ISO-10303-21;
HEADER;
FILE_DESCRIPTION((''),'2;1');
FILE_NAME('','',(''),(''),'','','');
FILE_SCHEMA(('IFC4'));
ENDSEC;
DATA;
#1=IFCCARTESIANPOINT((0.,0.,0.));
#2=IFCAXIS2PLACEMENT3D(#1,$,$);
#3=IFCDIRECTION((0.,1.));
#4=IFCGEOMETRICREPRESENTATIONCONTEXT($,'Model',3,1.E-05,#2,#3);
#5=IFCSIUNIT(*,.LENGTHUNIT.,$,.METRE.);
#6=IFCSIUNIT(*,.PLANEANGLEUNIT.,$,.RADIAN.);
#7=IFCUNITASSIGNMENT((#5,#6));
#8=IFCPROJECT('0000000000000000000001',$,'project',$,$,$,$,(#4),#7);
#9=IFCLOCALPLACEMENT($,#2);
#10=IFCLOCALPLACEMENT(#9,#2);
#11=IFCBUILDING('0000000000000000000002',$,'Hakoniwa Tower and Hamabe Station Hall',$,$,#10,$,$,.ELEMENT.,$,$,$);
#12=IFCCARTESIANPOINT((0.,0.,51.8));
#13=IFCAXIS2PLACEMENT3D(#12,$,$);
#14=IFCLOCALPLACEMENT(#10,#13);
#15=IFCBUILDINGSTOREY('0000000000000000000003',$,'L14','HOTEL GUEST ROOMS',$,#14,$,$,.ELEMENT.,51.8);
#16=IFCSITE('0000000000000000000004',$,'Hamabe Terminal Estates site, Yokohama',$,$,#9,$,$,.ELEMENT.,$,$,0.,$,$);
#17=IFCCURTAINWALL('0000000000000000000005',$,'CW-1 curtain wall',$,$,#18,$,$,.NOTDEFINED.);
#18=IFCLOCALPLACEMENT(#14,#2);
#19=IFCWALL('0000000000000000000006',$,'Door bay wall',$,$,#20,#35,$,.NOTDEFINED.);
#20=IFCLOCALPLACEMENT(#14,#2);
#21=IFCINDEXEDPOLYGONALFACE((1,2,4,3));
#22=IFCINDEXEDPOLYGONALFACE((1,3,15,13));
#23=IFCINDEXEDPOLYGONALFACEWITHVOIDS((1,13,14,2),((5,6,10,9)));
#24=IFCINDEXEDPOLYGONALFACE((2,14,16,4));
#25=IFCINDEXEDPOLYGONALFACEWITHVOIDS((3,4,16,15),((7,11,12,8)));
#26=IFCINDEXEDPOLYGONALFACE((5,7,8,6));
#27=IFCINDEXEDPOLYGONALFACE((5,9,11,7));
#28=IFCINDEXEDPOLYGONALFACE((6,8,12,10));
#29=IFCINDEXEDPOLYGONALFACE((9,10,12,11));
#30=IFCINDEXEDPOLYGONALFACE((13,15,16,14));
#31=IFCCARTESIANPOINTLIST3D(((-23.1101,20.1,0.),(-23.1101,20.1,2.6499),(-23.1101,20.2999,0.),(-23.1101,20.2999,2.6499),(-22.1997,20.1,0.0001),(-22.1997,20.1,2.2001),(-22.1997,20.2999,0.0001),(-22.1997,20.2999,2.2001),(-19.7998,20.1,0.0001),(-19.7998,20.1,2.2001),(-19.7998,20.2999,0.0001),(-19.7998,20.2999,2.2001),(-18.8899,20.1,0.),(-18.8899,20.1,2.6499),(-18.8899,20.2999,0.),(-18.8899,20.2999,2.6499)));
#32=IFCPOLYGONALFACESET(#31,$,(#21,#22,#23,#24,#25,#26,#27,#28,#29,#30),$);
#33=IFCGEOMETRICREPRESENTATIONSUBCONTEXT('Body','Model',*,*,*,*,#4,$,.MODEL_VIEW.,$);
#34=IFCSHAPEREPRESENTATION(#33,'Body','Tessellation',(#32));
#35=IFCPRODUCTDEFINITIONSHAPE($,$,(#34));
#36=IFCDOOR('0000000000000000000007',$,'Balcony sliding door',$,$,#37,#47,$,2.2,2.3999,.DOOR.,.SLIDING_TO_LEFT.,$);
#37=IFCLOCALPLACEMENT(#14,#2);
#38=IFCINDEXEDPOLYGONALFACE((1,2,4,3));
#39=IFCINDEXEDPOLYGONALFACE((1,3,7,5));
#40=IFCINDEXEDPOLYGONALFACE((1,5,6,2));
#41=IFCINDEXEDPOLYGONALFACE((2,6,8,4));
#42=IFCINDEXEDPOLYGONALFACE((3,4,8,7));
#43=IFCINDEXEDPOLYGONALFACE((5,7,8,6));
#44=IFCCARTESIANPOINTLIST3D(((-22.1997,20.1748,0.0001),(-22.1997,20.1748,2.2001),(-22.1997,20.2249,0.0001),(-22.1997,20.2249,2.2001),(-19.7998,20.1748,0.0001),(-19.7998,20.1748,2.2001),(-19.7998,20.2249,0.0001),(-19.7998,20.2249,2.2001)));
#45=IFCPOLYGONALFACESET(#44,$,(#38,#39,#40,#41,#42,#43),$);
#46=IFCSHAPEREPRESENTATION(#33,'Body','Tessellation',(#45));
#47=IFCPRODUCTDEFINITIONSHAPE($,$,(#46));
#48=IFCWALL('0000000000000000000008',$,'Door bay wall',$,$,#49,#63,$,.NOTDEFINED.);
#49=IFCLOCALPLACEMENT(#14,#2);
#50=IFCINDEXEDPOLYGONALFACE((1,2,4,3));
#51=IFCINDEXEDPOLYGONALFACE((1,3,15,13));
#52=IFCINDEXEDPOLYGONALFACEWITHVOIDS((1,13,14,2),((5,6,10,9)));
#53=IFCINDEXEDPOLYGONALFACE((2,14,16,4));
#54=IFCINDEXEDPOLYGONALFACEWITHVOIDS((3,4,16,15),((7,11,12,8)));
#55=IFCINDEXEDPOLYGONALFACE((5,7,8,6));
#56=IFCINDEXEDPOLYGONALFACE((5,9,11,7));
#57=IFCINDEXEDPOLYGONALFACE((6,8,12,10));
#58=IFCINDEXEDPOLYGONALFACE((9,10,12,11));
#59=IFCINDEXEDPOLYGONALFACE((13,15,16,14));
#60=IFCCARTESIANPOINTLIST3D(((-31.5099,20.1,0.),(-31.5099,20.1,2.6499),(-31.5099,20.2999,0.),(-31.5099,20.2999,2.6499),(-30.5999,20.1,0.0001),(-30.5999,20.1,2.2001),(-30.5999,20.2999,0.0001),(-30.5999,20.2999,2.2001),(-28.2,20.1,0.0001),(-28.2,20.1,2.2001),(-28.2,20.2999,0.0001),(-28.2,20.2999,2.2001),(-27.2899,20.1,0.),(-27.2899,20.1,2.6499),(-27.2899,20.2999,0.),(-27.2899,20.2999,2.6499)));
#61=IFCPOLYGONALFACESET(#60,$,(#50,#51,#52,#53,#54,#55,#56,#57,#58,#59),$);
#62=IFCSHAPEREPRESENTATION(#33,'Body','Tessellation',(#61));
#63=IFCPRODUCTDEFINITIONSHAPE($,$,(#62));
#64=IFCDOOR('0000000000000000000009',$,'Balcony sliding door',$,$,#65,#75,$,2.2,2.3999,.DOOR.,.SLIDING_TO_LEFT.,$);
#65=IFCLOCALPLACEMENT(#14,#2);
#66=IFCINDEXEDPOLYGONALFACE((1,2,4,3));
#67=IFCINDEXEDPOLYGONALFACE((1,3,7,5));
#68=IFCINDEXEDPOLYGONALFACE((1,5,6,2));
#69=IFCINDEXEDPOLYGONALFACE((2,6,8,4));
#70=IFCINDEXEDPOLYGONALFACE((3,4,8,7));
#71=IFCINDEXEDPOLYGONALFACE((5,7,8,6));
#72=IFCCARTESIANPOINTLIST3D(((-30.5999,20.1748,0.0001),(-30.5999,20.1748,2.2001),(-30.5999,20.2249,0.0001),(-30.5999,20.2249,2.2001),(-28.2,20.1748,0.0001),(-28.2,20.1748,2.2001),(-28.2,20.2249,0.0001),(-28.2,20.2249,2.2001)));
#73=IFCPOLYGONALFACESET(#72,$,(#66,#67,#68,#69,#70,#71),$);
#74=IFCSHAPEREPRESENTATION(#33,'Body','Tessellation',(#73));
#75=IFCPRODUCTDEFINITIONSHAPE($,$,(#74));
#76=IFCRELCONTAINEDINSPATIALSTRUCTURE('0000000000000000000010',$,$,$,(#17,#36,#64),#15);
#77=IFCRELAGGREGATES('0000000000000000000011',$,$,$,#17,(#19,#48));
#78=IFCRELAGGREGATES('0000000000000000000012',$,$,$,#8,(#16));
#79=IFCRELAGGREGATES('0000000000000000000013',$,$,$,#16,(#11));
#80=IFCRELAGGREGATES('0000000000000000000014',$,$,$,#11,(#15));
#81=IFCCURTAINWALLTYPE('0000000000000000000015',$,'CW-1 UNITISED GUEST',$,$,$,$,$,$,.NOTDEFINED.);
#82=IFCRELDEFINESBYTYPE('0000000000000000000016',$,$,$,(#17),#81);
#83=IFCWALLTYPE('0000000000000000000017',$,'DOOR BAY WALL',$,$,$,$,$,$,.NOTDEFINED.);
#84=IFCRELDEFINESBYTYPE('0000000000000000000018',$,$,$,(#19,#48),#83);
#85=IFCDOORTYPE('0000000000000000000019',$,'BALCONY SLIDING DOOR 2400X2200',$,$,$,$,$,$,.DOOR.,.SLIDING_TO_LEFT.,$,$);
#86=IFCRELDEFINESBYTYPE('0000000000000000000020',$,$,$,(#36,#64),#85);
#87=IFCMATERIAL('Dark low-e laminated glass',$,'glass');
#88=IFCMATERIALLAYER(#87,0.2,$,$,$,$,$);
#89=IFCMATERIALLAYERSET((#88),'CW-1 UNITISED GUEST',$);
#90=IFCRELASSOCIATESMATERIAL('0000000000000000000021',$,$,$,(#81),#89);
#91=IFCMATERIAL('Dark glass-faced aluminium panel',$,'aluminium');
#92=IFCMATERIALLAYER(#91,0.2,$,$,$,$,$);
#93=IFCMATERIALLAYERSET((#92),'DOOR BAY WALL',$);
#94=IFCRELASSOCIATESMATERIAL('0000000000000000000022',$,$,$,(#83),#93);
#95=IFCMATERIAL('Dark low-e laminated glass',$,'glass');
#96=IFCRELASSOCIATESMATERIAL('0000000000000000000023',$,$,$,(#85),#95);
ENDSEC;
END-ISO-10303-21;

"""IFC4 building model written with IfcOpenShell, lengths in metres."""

from ifc_helpers import new_model, si_unit, direction, frame, frame_2d, origin, place, context, subcontext, project, spatial, rectangle, extrude, material, layer, layer_set, type_object, element, fill, aggregate, save


model = new_model("IFC4")

# Units and contexts
model_context = context("Model", 3, precision=1e-05, world=origin(), true_north=direction((0.0, 1.0)))
body_context = subcontext(model_context, "Body", "Model", "MODEL_VIEW")
ifc_project = project(units=[si_unit("LENGTHUNIT", "METRE"), si_unit("PLANEANGLEUNIT", "RADIAN")], contexts=[model_context])

# Site, building, storey
site_placement = place(None, origin())
site = spatial("IfcSite", under=ifc_project, at=site_placement, Name="Hamabe Terminal Estates site, Yokohama", CompositionType="ELEMENT", RefElevation=0.0)
building_placement = place(site_placement, origin())
building = spatial("IfcBuilding", under=site, at=building_placement, Name="Hakoniwa Tower and Hamabe Station Hall", CompositionType="ELEMENT")
storey_placement = place(building_placement, frame((0.0, 0.0, 51.8)))
storey = spatial("IfcBuildingStorey", under=building, at=storey_placement, Name="L14", Description="HOTEL GUEST ROOMS", CompositionType="ELEMENT", Elevation=51.8)

# Curtain wall
ifc_material_1 = material(Name="Dark low-e laminated glass", Category="glass")
ifc_layer_1 = layer(ifc_material_1, 0.2)
ifc_layer_set_1 = layer_set([ifc_layer_1], Name="CW-1 UNITISED GUEST")
curtain_wall_type = type_object("IfcCurtainWallType", Name="CW-1 UNITISED GUEST", PredefinedType="NOTDEFINED", material=ifc_layer_set_1)
curtain_wall_placement = place(storey_placement, origin())
curtain_wall = element("IfcCurtainWall", 1, at=curtain_wall_placement, inside=storey, type_object=curtain_wall_type, Name="CW-1 curtain wall", PredefinedType="NOTDEFINED")

# Walls, openings, doors
ifc_material_2 = material(Name="Dark glass-faced aluminium panel", Category="aluminium")
ifc_layer_2 = layer(ifc_material_2, 0.2)
ifc_layer_set_2 = layer_set([ifc_layer_2], Name="DOOR BAY WALL")
wall_type_1 = type_object("IfcWallType", Name="DOOR BAY WALL", PredefinedType="NOTDEFINED", material=ifc_layer_set_2)
wall_1_placement = place(storey_placement, frame((-18.8899, 20.2, 0.0), z_axis=(0.0, 0.0, 1.0), x_axis=(-1.0, 0.0, 0.0)))
wall_1 = element("IfcWall", 2, at=wall_1_placement, type_object=wall_type_1, Name="Door bay wall", PredefinedType="NOTDEFINED", context=body_context, shape_type="SweptSolid", body=[
    extrude(rectangle(XDim=4.2202, YDim=0.2, at=frame_2d((2.1101, 0.0))), origin(), (0.0, 0.0, 1.0), 2.6499),
])
opening_1_placement = place(wall_1_placement, frame((0.9099, 0.0, 0.0)))
opening_1 = element("IfcOpeningElement", 3, at=opening_1_placement, cuts=wall_1, PredefinedType="OPENING", context=body_context, shape_type="SweptSolid", body=[
    extrude(rectangle(XDim=2.3999, YDim=2.2, at=frame_2d((1.2, 1.1001))), frame((0.0, 0.1099, 0.0), z_axis=(0.0, -1.0, 0.0), x_axis=(1.0, 0.0, 0.0)), (0.0, 0.0, 1.0), 0.22),
])
ifc_material_3 = material(Name="Dark low-e laminated glass", Category="glass")
door_type_1 = type_object("IfcDoorType", Name="BALCONY SLIDING DOOR 2400X2200", OperationType="SLIDING_TO_LEFT", PredefinedType="DOOR", material=ifc_material_3)
door_1_placement = place(opening_1_placement, frame((2.3999, 0.0, 0.0), z_axis=(0.0, 0.0, 1.0), x_axis=(-1.0, 0.0, 0.0)))
door_1 = element("IfcDoor", 4, at=door_1_placement, inside=storey, type_object=door_type_1, Name="Balcony sliding door", OperationType="SLIDING_TO_LEFT", OverallHeight=2.2, OverallWidth=2.3999, PredefinedType="DOOR", context=body_context, shape_type="SweptSolid", body=[
    extrude(rectangle(XDim=2.3999, YDim=2.2, at=frame_2d((1.2, 1.1001))), frame((0.0, 0.0249, 0.0), z_axis=(0.0, -1.0, 0.0), x_axis=(1.0, 0.0, 0.0)), (0.0, 0.0, 1.0), 0.05),
])
fill(opening_1, door_1)
wall_2_placement = place(storey_placement, frame((-27.29, 20.2, 0.0), z_axis=(0.0, 0.0, 1.0), x_axis=(-1.0, 0.0, 0.0)))
wall_2 = element("IfcWall", 5, at=wall_2_placement, type_object=wall_type_1, Name="Door bay wall", PredefinedType="NOTDEFINED", context=body_context, shape_type="SweptSolid", body=[
    extrude(rectangle(XDim=4.22, YDim=0.2, at=frame_2d((2.1099, 0.0))), origin(), (0.0, 0.0, 1.0), 2.6499),
])
opening_2_placement = place(wall_2_placement, frame((0.9099, 0.0, 0.0)))
opening_2 = element("IfcOpeningElement", 6, at=opening_2_placement, cuts=wall_2, PredefinedType="OPENING", context=body_context, shape_type="SweptSolid", body=[
    extrude(rectangle(XDim=2.3999, YDim=2.2, at=frame_2d((1.2, 1.1001))), frame((0.0, 0.1099, 0.0), z_axis=(0.0, -1.0, 0.0), x_axis=(1.0, 0.0, 0.0)), (0.0, 0.0, 1.0), 0.22),
])
door_2_placement = place(opening_2_placement, frame((2.3999, 0.0, 0.0), z_axis=(0.0, 0.0, 1.0), x_axis=(-1.0, 0.0, 0.0)))
door_2 = element("IfcDoor", 7, at=door_2_placement, inside=storey, type_object=door_type_1, Name="Balcony sliding door", OperationType="SLIDING_TO_LEFT", OverallHeight=2.2, OverallWidth=2.3999, PredefinedType="DOOR", context=body_context, shape_type="SweptSolid", body=[
    extrude(rectangle(XDim=2.3999, YDim=2.2, at=frame_2d((1.2, 1.1001))), frame((0.0, 0.0249, 0.0), z_axis=(0.0, -1.0, 0.0), x_axis=(1.0, 0.0, 0.0)), (0.0, 0.0, 1.0), 0.05),
])
fill(opening_2, door_2)
aggregate(curtain_wall, [wall_1, wall_2])

save(model, "model.ifc")
